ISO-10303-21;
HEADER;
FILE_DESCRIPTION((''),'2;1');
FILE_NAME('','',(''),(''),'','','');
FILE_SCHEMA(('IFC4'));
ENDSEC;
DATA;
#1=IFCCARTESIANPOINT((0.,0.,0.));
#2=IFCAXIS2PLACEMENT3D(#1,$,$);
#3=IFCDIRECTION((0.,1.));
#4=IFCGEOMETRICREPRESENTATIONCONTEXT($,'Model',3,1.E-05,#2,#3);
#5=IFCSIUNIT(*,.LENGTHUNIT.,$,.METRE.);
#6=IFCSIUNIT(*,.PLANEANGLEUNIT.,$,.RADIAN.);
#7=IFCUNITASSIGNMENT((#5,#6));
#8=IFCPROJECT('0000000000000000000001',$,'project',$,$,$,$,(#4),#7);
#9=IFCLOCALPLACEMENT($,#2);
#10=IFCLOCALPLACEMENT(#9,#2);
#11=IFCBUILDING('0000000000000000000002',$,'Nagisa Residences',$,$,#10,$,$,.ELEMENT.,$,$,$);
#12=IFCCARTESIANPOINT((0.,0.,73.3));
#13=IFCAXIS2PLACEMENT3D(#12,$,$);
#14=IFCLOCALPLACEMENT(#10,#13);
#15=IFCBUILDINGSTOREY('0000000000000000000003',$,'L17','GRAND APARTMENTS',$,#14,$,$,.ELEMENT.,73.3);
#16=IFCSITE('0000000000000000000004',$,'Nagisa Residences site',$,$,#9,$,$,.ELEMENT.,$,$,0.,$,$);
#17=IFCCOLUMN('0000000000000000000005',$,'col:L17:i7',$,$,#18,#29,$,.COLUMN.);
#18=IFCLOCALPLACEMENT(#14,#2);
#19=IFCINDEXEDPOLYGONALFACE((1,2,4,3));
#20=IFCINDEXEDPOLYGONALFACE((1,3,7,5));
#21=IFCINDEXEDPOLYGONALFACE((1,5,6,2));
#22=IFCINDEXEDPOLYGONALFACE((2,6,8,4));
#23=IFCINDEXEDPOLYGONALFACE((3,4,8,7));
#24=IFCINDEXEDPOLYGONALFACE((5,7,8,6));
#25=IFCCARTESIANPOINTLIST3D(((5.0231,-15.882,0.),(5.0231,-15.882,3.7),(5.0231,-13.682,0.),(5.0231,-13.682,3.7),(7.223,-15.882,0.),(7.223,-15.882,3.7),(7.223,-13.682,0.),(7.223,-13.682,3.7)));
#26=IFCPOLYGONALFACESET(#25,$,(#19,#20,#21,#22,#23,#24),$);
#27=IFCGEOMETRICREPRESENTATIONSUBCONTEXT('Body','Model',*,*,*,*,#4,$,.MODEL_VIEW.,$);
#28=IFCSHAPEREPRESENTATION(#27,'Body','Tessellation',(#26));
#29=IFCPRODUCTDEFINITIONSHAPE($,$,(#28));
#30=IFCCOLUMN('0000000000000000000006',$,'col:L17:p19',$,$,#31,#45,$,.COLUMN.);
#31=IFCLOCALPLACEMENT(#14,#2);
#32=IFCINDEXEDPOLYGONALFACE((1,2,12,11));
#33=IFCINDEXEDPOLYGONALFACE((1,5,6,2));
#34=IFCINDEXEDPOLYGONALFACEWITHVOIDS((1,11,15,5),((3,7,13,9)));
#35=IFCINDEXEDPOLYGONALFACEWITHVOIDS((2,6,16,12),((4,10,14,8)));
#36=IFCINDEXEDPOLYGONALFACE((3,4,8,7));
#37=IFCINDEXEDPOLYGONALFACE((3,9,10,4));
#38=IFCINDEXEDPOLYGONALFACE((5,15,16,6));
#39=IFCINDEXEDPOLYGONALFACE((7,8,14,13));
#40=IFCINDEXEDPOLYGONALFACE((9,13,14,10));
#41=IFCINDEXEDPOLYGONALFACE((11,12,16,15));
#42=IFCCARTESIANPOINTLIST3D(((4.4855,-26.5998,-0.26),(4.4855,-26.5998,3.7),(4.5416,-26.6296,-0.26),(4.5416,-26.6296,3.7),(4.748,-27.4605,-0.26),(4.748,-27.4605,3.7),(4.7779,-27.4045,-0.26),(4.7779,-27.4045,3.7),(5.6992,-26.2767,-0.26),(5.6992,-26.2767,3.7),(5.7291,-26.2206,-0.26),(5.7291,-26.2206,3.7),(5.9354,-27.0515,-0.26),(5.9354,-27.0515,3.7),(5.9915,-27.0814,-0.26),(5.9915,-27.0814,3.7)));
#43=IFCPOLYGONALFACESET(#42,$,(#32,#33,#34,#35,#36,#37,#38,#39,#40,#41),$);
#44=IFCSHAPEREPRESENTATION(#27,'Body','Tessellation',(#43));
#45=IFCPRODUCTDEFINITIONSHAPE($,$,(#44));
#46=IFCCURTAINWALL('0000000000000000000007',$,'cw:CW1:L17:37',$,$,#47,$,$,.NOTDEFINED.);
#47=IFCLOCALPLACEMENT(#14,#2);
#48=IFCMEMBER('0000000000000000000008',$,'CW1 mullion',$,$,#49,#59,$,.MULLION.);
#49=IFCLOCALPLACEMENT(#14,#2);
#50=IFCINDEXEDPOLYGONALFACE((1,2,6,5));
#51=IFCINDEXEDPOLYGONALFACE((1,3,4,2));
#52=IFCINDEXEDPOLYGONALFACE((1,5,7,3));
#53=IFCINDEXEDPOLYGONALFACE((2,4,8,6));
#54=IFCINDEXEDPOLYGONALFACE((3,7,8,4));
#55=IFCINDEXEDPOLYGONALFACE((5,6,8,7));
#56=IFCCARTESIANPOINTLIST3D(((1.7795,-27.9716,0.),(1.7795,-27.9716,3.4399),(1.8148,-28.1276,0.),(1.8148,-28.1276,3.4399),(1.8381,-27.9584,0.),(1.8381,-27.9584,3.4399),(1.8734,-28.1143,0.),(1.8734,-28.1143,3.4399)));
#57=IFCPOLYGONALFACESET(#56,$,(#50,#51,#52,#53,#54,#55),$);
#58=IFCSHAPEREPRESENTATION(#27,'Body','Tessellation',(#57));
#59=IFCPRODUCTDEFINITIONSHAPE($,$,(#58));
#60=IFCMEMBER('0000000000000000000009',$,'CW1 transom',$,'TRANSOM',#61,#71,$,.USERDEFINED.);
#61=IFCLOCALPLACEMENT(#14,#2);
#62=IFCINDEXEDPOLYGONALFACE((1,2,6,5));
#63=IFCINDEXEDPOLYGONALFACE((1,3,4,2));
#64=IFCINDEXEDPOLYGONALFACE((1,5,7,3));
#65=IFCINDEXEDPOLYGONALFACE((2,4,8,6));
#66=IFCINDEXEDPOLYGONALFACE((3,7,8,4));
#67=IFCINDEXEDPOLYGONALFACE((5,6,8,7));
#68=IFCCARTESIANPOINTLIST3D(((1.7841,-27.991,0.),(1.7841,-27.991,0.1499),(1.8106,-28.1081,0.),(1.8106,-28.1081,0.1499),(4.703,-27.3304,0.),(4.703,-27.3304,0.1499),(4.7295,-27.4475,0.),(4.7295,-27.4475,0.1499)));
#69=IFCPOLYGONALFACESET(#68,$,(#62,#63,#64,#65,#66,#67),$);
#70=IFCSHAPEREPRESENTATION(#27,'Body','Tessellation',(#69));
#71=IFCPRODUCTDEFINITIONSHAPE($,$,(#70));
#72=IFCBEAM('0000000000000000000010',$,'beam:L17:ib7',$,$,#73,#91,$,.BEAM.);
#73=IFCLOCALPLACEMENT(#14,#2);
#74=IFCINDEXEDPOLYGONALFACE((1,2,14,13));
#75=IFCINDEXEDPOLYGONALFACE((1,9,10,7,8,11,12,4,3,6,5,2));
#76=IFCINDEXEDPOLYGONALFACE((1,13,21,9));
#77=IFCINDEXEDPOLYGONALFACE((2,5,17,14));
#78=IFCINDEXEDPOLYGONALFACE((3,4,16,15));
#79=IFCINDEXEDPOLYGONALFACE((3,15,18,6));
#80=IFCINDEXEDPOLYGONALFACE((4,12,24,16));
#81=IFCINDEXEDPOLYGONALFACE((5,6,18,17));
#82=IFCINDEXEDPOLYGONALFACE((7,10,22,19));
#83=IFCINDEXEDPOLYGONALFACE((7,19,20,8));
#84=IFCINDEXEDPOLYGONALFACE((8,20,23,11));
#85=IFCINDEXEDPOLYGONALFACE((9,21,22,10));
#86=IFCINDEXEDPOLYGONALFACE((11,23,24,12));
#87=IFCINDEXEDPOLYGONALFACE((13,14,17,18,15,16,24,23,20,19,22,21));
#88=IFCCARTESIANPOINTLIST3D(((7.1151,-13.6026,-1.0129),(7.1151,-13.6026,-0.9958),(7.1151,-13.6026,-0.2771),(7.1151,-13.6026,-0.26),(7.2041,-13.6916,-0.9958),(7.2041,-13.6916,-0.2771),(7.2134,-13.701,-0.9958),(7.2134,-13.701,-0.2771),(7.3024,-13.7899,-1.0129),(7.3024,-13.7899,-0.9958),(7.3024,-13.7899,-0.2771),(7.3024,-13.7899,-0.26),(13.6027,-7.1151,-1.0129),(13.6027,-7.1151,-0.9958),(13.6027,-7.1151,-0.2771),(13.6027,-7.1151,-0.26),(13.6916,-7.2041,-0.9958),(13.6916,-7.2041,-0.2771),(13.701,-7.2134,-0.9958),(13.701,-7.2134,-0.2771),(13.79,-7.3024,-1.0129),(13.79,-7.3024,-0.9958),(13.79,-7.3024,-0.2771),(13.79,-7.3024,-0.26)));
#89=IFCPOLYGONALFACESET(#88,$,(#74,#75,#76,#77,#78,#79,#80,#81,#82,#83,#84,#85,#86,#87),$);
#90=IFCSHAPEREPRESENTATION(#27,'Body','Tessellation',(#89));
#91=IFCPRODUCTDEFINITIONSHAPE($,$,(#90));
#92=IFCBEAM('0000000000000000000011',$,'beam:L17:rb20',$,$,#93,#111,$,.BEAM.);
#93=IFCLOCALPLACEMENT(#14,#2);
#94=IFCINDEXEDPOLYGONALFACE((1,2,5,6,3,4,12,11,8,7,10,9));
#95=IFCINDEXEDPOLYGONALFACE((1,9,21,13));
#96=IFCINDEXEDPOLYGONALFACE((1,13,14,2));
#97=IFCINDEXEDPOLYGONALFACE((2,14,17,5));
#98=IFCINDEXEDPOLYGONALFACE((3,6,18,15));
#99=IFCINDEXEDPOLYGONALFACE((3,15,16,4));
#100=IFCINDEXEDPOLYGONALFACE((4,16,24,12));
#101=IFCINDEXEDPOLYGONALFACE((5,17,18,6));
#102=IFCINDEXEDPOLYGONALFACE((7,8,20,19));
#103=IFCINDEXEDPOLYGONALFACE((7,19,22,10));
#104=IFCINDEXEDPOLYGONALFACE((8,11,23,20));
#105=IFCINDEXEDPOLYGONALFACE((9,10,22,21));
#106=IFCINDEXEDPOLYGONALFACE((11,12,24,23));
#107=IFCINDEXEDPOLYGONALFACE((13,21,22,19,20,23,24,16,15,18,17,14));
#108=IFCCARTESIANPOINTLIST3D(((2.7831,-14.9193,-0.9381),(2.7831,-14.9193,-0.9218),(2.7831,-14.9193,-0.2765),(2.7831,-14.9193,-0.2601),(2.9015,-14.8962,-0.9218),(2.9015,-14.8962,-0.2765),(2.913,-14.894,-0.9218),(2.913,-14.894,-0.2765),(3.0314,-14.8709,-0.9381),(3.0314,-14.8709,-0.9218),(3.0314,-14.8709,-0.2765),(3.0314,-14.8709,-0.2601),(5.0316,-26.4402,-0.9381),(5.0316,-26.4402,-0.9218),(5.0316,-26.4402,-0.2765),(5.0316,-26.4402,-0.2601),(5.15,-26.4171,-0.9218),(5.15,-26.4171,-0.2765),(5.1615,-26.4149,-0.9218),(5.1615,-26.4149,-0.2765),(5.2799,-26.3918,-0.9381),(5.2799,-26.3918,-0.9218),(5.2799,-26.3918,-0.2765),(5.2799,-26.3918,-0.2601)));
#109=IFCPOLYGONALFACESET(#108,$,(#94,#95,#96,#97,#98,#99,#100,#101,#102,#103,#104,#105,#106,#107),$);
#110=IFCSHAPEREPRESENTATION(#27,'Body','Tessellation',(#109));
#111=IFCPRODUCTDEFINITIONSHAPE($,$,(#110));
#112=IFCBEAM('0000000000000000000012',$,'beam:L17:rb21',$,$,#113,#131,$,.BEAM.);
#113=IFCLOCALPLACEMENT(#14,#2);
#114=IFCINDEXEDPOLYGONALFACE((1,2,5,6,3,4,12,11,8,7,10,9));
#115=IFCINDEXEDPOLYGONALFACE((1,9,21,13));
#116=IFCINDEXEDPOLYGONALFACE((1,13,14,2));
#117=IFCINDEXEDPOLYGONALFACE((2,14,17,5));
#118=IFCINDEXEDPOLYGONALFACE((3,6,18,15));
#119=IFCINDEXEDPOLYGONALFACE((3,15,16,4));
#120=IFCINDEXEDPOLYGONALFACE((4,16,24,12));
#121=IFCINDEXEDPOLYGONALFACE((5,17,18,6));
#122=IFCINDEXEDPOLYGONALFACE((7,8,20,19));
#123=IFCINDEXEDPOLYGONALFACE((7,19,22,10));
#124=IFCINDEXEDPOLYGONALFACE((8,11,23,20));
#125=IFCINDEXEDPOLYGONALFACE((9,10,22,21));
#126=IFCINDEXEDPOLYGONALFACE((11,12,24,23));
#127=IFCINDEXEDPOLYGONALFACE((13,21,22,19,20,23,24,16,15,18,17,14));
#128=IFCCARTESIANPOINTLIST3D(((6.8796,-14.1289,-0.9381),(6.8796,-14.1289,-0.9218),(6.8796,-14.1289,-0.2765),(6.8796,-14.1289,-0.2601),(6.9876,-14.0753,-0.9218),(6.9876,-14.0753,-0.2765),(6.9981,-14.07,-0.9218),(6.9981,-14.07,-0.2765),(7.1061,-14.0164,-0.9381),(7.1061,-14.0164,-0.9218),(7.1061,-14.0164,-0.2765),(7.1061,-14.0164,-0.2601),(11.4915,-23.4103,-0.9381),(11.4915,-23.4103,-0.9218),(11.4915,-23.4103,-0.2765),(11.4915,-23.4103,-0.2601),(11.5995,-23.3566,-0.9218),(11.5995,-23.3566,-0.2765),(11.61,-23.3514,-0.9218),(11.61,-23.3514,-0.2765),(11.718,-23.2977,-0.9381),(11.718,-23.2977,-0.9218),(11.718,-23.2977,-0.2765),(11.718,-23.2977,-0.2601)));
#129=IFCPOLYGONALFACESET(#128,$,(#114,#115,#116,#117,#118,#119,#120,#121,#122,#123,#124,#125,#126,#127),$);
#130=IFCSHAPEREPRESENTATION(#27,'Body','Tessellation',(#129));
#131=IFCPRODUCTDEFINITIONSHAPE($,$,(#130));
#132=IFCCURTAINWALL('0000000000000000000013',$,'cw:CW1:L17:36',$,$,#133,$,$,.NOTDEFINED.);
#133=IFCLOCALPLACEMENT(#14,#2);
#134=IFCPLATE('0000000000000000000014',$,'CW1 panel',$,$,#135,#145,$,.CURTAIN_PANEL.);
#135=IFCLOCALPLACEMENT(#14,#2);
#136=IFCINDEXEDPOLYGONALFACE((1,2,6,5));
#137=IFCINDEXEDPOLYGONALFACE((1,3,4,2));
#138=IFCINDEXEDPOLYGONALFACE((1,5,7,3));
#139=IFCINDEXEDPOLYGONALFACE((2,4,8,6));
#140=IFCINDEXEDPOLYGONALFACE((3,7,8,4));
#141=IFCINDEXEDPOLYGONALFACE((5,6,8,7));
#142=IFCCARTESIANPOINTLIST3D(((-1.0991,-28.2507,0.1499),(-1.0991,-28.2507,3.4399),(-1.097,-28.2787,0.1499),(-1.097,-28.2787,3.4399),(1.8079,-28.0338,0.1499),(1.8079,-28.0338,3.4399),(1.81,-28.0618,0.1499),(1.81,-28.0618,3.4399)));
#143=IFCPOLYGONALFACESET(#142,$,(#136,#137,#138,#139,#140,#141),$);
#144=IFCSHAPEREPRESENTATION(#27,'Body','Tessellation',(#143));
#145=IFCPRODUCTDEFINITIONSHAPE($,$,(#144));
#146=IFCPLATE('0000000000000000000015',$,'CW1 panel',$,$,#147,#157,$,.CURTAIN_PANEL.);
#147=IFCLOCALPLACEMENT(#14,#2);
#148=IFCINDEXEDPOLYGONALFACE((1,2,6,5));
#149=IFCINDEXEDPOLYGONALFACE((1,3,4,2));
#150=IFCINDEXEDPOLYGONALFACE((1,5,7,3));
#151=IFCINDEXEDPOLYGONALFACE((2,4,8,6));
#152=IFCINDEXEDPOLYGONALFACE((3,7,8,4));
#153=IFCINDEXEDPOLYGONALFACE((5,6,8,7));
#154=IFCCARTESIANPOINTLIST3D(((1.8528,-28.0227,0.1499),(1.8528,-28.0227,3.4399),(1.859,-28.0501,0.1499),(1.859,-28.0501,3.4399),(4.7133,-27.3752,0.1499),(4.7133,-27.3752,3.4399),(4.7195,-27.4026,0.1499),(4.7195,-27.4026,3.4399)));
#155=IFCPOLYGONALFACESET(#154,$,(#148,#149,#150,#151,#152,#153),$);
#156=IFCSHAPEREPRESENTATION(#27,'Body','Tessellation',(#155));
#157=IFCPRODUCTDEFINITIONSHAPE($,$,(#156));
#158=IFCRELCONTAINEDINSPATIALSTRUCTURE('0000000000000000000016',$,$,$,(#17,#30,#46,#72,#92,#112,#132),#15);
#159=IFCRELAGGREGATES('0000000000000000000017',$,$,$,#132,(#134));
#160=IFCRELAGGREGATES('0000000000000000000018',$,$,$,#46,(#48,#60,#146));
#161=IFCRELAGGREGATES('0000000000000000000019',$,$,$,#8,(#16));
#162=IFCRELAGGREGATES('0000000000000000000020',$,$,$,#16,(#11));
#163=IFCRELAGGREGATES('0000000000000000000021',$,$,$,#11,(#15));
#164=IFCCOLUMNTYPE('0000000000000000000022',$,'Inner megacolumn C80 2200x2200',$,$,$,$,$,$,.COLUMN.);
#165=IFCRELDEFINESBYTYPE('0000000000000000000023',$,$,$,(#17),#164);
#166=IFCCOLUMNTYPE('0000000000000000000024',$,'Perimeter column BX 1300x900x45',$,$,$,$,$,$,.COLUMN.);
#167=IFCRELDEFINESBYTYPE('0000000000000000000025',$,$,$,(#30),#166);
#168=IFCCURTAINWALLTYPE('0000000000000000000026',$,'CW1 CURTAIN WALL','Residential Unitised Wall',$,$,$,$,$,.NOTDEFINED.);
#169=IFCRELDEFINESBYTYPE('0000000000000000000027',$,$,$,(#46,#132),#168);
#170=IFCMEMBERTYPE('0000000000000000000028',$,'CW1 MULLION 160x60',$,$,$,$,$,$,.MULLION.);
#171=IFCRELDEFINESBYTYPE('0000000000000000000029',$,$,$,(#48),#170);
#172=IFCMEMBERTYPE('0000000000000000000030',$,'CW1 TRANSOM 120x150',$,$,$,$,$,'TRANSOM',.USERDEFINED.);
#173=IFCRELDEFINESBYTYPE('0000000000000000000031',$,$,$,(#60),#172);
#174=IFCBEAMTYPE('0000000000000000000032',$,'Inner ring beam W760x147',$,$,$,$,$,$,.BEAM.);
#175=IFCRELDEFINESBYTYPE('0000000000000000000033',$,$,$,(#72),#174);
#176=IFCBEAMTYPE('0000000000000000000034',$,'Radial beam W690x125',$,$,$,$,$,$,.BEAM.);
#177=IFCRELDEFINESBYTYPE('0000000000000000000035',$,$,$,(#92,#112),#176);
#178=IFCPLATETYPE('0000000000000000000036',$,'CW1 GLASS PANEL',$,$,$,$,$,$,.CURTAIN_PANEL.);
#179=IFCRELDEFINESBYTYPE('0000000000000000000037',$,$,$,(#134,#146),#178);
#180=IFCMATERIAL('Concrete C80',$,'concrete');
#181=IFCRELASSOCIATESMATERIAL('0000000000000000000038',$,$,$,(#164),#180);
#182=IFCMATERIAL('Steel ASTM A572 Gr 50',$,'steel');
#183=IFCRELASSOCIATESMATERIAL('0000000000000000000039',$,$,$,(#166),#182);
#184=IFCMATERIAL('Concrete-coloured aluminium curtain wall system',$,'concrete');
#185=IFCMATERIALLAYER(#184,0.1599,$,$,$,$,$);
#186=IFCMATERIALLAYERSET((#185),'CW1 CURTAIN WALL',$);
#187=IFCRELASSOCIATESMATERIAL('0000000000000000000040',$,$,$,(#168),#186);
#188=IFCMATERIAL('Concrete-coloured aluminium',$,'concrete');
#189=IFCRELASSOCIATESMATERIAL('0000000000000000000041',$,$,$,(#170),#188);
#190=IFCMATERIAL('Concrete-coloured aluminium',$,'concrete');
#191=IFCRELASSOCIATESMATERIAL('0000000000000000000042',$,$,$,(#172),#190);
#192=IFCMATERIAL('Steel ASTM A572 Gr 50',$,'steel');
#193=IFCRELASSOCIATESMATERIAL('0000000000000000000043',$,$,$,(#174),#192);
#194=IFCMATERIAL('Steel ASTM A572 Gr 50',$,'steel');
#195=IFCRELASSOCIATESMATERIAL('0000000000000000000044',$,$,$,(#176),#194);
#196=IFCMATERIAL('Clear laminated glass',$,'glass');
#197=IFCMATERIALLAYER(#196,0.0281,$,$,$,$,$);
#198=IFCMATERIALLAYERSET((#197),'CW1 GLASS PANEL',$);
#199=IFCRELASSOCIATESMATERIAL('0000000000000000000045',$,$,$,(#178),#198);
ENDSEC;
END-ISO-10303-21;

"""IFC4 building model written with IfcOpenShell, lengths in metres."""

from ifc_helpers import new_model, si_unit, direction, frame, origin, origin_2d, place, context, subcontext, project, spatial, rectangle, hollow_rectangle, i_section, extrude, material, layer, layer_set, material_profile, profile_set, type_object, element, aggregate, save


model = new_model("IFC4")

# Units and contexts
model_context = context("Model", 3, precision=1e-05, world=origin(), true_north=direction((0.0, 1.0)))
body_context = subcontext(model_context, "Body", "Model", "MODEL_VIEW")
ifc_project = project(units=[si_unit("LENGTHUNIT", "METRE"), si_unit("PLANEANGLEUNIT", "RADIAN")], contexts=[model_context])

# Site, building, storey
site_placement = place(None, origin())
site = spatial("IfcSite", under=ifc_project, at=site_placement, Name="Nagisa Residences site", CompositionType="ELEMENT", RefElevation=0.0)
building_placement = place(site_placement, origin())
building = spatial("IfcBuilding", under=site, at=building_placement, Name="Nagisa Residences", CompositionType="ELEMENT")
storey_placement = place(building_placement, frame((0.0, 0.0, 73.3)))
storey = spatial("IfcBuildingStorey", under=building, at=storey_placement, Name="L17", Description="GRAND APARTMENTS", CompositionType="ELEMENT", Elevation=73.3)

# Columns
ifc_material_1 = material(Name="Concrete C80", Category="concrete")
ifc_material_profile_1 = material_profile(ifc_material_1, rectangle(XDim=2.2, YDim=2.2, at=origin_2d()), Name="C80 2200x2200")
ifc_profile_set_1 = profile_set([ifc_material_profile_1], Name="Concrete C80")
column_type_1 = type_object("IfcColumnType", Name="Inner megacolumn C80 2200x2200", PredefinedType="COLUMN", material=ifc_profile_set_1)
column_1_placement = place(storey_placement, frame((6.123, -14.782, 0.0), z_axis=(0.0, 0.0, 1.0), x_axis=(1.0, 0.0, 0.0)))
element("IfcColumn", 1, at=column_1_placement, inside=storey, type_object=column_type_1, Name="col:L17:i7", PredefinedType="COLUMN", context=body_context, shape_type="SweptSolid", body=[
    extrude(rectangle(XDim=2.2, YDim=2.2, at=origin_2d()), origin(), (0.0, 0.0, 1.0), 3.7),
])
ifc_material_2 = material(Name="Steel ASTM A572 Gr 50", Category="steel")
ifc_material_profile_2 = material_profile(ifc_material_2, hollow_rectangle(XDim=1.3, YDim=0.8999, WallThickness=0.0449, at=origin_2d()), Name="BX 1300x900x45")
ifc_profile_set_2 = profile_set([ifc_material_profile_2], Name="Steel ASTM A572 Gr 50")
column_type_2 = type_object("IfcColumnType", Name="Perimeter column BX 1300x900x45", PredefinedType="COLUMN", material=ifc_profile_set_2)
column_2_placement = place(storey_placement, frame((5.2385, -26.8406, -0.26), z_axis=(0.0, 0.0, 1.0), x_axis=(0.956525, 0.291652, 0.0)))
element("IfcColumn", 2, at=column_2_placement, inside=storey, type_object=column_type_2, Name="col:L17:p19", PredefinedType="COLUMN", context=body_context, shape_type="SweptSolid", body=[
    extrude(hollow_rectangle(XDim=1.3, YDim=0.8999, WallThickness=0.0449, at=origin_2d()), origin(), (0.0, 0.0, 1.0), 3.96),
])

# Curtain wall, members
ifc_material_3 = material(Name="Concrete-coloured aluminium curtain wall system", Category="concrete")
ifc_layer_1 = layer(ifc_material_3, 0.1599)
ifc_layer_set_1 = layer_set([ifc_layer_1], Name="CW1 CURTAIN WALL")
curtain_wall_type = type_object("IfcCurtainWallType", Name="CW1 CURTAIN WALL", Description="Residential Unitised Wall", PredefinedType="NOTDEFINED", material=ifc_layer_set_1)
curtain_wall_1_placement = place(storey_placement, origin())
curtain_wall_1 = element("IfcCurtainWall", 3, at=curtain_wall_1_placement, inside=storey, type_object=curtain_wall_type, Name="cw:CW1:L17:37", PredefinedType="NOTDEFINED")
ifc_material_4 = material(Name="Concrete-coloured aluminium", Category="concrete")
ifc_material_profile_3 = material_profile(ifc_material_4, rectangle(XDim=0.1599, YDim=0.0601, at=origin_2d()), Name="CW1 MULLION 160x60")
ifc_profile_set_3 = profile_set([ifc_material_profile_3], Name="Concrete-coloured aluminium")
member_type_1 = type_object("IfcMemberType", Name="CW1 MULLION 160x60", PredefinedType="MULLION", material=ifc_profile_set_3)
member_1_placement = place(storey_placement, frame((1.8264, -28.043, 0.0), z_axis=(0.0, 0.0, 1.0), x_axis=(-0.220764, 0.975327, 0.0)))
member_1 = element("IfcMember", 4, at=member_1_placement, type_object=member_type_1, Name="CW1 mullion", PredefinedType="MULLION", context=body_context, shape_type="SweptSolid", body=[
    extrude(rectangle(XDim=0.1599, YDim=0.0601, at=origin_2d()), origin(), (0.0, 0.0, 1.0), 3.4399),
])
ifc_material_5 = material(Name="Concrete-coloured aluminium", Category="concrete")
ifc_material_profile_4 = material_profile(ifc_material_5, rectangle(XDim=0.1201, YDim=0.1499, at=origin_2d()), Name="CW1 TRANSOM 120x150")
ifc_profile_set_4 = profile_set([ifc_material_profile_4], Name="Concrete-coloured aluminium")
member_type_2 = type_object("IfcMemberType", Name="CW1 TRANSOM 120x150", ElementType="TRANSOM", PredefinedType="USERDEFINED", material=ifc_profile_set_4)
member_2_placement = place(storey_placement, frame((1.7974, -28.0496, 0.075), z_axis=(0.975331, 0.220747, 0.0), x_axis=(-0.220747, 0.975331, 0.0)))
member_2 = element("IfcMember", 5, at=member_2_placement, type_object=member_type_2, Name="CW1 transom", ObjectType="TRANSOM", PredefinedType="USERDEFINED", context=body_context, shape_type="SweptSolid", body=[
    extrude(rectangle(XDim=0.1201, YDim=0.1499, at=origin_2d()), origin(), (0.0, 0.0, 1.0), 2.9927),
])

# Beams
ifc_material_6 = material(Name="Steel ASTM A572 Gr 50", Category="steel")
ifc_material_profile_5 = material_profile(ifc_material_6, i_section(OverallWidth=0.2649, OverallDepth=0.7529, WebThickness=0.0132, FlangeThickness=0.0171, at=origin_2d()), Name="W760x147")
ifc_profile_set_5 = profile_set([ifc_material_profile_5], Name="Steel ASTM A572 Gr 50")
beam_type_1 = type_object("IfcBeamType", Name="Inner ring beam W760x147", PredefinedType="BEAM", material=ifc_profile_set_5)
beam_1_placement = place(storey_placement, frame((7.2087, -13.6963, -0.6365), z_axis=(0.707107, 0.707107, 0.0), x_axis=(-0.707107, 0.707107, 0.0)))
element("IfcBeam", 6, at=beam_1_placement, inside=storey, type_object=beam_type_1, Name="beam:L17:ib7", PredefinedType="BEAM", context=body_context, shape_type="SweptSolid", body=[
    extrude(i_section(OverallWidth=0.2649, OverallDepth=0.7529, WebThickness=0.0132, FlangeThickness=0.0171, at=origin_2d()), origin(), (0.0, 0.0, 1.0), 9.1748),
])
ifc_material_7 = material(Name="Steel ASTM A572 Gr 50", Category="steel")
ifc_material_profile_6 = material_profile(ifc_material_7, i_section(OverallWidth=0.2529, OverallDepth=0.678, WebThickness=0.0117, FlangeThickness=0.0164, at=origin_2d()), Name="W690x125")
ifc_profile_set_6 = profile_set([ifc_material_profile_6], Name="Steel ASTM A572 Gr 50")
beam_type_2 = type_object("IfcBeamType", Name="Radial beam W690x125", PredefinedType="BEAM", material=ifc_profile_set_6)
beam_2_placement = place(storey_placement, frame((5.1558, -26.416, -0.5991), z_axis=(-0.191554, 0.981482, 0.0), x_axis=(-0.981482, -0.191554, 0.0)))
element("IfcBeam", 7, at=beam_2_placement, inside=storey, type_object=beam_type_2, Name="beam:L17:rb20", PredefinedType="BEAM", context=body_context, shape_type="SweptSolid", body=[
    extrude(i_section(OverallWidth=0.2529, OverallDepth=0.678, WebThickness=0.0117, FlangeThickness=0.0164, at=origin_2d()), origin(), (0.0, 0.0, 1.0), 11.7383),
])
beam_3_placement = place(storey_placement, frame((11.6047, -23.354, -0.5991), z_axis=(-0.444988, 0.895536, 0.0), x_axis=(-0.895536, -0.444988, 0.0)))
element("IfcBeam", 8, at=beam_3_placement, inside=storey, type_object=beam_type_2, Name="beam:L17:rb21", PredefinedType="BEAM", context=body_context, shape_type="SweptSolid", body=[
    extrude(i_section(OverallWidth=0.2529, OverallDepth=0.678, WebThickness=0.0117, FlangeThickness=0.0164, at=origin_2d()), origin(), (0.0, 0.0, 1.0), 10.364),
])

# Curtain wall, plate
curtain_wall_2_placement = place(storey_placement, origin())
curtain_wall_2 = element("IfcCurtainWall", 9, at=curtain_wall_2_placement, inside=storey, type_object=curtain_wall_type, Name="cw:CW1:L17:36", PredefinedType="NOTDEFINED")
ifc_material_8 = material(Name="Clear laminated glass", Category="glass")
ifc_layer_2 = layer(ifc_material_8, 0.0281)
ifc_layer_set_2 = layer_set([ifc_layer_2], Name="CW1 GLASS PANEL")
plate_type = type_object("IfcPlateType", Name="CW1 GLASS PANEL", PredefinedType="CURTAIN_PANEL", material=ifc_layer_set_2)
plate_1_placement = place(storey_placement, frame((0.3555, -28.1562, 0.1499), z_axis=(0.0, 0.0, 1.0), x_axis=(0.99723, 0.074377, 0.0)))
plate_1 = element("IfcPlate", 10, at=plate_1_placement, type_object=plate_type, Name="CW1 panel", PredefinedType="CURTAIN_PANEL", context=body_context, shape_type="SweptSolid", body=[
    extrude(rectangle(XDim=2.915, YDim=0.0281, at=origin_2d()), origin(), (0.0, 0.0, 1.0), 3.29),
])
aggregate(curtain_wall_2, [plate_1])

# Plate
plate_2_placement = place(storey_placement, frame((3.2861, -27.7126, 0.1499), z_axis=(0.0, 0.0, 1.0), x_axis=(0.975327, 0.220764, 0.0)))
plate_2 = element("IfcPlate", 11, at=plate_2_placement, type_object=plate_type, Name="CW1 panel", PredefinedType="CURTAIN_PANEL", context=body_context, shape_type="SweptSolid", body=[
    extrude(rectangle(XDim=2.9329, YDim=0.0281, at=origin_2d()), origin(), (0.0, 0.0, 1.0), 3.29),
])
aggregate(curtain_wall_1, [member_1, member_2, plate_2])

save(model, "model.ifc")
